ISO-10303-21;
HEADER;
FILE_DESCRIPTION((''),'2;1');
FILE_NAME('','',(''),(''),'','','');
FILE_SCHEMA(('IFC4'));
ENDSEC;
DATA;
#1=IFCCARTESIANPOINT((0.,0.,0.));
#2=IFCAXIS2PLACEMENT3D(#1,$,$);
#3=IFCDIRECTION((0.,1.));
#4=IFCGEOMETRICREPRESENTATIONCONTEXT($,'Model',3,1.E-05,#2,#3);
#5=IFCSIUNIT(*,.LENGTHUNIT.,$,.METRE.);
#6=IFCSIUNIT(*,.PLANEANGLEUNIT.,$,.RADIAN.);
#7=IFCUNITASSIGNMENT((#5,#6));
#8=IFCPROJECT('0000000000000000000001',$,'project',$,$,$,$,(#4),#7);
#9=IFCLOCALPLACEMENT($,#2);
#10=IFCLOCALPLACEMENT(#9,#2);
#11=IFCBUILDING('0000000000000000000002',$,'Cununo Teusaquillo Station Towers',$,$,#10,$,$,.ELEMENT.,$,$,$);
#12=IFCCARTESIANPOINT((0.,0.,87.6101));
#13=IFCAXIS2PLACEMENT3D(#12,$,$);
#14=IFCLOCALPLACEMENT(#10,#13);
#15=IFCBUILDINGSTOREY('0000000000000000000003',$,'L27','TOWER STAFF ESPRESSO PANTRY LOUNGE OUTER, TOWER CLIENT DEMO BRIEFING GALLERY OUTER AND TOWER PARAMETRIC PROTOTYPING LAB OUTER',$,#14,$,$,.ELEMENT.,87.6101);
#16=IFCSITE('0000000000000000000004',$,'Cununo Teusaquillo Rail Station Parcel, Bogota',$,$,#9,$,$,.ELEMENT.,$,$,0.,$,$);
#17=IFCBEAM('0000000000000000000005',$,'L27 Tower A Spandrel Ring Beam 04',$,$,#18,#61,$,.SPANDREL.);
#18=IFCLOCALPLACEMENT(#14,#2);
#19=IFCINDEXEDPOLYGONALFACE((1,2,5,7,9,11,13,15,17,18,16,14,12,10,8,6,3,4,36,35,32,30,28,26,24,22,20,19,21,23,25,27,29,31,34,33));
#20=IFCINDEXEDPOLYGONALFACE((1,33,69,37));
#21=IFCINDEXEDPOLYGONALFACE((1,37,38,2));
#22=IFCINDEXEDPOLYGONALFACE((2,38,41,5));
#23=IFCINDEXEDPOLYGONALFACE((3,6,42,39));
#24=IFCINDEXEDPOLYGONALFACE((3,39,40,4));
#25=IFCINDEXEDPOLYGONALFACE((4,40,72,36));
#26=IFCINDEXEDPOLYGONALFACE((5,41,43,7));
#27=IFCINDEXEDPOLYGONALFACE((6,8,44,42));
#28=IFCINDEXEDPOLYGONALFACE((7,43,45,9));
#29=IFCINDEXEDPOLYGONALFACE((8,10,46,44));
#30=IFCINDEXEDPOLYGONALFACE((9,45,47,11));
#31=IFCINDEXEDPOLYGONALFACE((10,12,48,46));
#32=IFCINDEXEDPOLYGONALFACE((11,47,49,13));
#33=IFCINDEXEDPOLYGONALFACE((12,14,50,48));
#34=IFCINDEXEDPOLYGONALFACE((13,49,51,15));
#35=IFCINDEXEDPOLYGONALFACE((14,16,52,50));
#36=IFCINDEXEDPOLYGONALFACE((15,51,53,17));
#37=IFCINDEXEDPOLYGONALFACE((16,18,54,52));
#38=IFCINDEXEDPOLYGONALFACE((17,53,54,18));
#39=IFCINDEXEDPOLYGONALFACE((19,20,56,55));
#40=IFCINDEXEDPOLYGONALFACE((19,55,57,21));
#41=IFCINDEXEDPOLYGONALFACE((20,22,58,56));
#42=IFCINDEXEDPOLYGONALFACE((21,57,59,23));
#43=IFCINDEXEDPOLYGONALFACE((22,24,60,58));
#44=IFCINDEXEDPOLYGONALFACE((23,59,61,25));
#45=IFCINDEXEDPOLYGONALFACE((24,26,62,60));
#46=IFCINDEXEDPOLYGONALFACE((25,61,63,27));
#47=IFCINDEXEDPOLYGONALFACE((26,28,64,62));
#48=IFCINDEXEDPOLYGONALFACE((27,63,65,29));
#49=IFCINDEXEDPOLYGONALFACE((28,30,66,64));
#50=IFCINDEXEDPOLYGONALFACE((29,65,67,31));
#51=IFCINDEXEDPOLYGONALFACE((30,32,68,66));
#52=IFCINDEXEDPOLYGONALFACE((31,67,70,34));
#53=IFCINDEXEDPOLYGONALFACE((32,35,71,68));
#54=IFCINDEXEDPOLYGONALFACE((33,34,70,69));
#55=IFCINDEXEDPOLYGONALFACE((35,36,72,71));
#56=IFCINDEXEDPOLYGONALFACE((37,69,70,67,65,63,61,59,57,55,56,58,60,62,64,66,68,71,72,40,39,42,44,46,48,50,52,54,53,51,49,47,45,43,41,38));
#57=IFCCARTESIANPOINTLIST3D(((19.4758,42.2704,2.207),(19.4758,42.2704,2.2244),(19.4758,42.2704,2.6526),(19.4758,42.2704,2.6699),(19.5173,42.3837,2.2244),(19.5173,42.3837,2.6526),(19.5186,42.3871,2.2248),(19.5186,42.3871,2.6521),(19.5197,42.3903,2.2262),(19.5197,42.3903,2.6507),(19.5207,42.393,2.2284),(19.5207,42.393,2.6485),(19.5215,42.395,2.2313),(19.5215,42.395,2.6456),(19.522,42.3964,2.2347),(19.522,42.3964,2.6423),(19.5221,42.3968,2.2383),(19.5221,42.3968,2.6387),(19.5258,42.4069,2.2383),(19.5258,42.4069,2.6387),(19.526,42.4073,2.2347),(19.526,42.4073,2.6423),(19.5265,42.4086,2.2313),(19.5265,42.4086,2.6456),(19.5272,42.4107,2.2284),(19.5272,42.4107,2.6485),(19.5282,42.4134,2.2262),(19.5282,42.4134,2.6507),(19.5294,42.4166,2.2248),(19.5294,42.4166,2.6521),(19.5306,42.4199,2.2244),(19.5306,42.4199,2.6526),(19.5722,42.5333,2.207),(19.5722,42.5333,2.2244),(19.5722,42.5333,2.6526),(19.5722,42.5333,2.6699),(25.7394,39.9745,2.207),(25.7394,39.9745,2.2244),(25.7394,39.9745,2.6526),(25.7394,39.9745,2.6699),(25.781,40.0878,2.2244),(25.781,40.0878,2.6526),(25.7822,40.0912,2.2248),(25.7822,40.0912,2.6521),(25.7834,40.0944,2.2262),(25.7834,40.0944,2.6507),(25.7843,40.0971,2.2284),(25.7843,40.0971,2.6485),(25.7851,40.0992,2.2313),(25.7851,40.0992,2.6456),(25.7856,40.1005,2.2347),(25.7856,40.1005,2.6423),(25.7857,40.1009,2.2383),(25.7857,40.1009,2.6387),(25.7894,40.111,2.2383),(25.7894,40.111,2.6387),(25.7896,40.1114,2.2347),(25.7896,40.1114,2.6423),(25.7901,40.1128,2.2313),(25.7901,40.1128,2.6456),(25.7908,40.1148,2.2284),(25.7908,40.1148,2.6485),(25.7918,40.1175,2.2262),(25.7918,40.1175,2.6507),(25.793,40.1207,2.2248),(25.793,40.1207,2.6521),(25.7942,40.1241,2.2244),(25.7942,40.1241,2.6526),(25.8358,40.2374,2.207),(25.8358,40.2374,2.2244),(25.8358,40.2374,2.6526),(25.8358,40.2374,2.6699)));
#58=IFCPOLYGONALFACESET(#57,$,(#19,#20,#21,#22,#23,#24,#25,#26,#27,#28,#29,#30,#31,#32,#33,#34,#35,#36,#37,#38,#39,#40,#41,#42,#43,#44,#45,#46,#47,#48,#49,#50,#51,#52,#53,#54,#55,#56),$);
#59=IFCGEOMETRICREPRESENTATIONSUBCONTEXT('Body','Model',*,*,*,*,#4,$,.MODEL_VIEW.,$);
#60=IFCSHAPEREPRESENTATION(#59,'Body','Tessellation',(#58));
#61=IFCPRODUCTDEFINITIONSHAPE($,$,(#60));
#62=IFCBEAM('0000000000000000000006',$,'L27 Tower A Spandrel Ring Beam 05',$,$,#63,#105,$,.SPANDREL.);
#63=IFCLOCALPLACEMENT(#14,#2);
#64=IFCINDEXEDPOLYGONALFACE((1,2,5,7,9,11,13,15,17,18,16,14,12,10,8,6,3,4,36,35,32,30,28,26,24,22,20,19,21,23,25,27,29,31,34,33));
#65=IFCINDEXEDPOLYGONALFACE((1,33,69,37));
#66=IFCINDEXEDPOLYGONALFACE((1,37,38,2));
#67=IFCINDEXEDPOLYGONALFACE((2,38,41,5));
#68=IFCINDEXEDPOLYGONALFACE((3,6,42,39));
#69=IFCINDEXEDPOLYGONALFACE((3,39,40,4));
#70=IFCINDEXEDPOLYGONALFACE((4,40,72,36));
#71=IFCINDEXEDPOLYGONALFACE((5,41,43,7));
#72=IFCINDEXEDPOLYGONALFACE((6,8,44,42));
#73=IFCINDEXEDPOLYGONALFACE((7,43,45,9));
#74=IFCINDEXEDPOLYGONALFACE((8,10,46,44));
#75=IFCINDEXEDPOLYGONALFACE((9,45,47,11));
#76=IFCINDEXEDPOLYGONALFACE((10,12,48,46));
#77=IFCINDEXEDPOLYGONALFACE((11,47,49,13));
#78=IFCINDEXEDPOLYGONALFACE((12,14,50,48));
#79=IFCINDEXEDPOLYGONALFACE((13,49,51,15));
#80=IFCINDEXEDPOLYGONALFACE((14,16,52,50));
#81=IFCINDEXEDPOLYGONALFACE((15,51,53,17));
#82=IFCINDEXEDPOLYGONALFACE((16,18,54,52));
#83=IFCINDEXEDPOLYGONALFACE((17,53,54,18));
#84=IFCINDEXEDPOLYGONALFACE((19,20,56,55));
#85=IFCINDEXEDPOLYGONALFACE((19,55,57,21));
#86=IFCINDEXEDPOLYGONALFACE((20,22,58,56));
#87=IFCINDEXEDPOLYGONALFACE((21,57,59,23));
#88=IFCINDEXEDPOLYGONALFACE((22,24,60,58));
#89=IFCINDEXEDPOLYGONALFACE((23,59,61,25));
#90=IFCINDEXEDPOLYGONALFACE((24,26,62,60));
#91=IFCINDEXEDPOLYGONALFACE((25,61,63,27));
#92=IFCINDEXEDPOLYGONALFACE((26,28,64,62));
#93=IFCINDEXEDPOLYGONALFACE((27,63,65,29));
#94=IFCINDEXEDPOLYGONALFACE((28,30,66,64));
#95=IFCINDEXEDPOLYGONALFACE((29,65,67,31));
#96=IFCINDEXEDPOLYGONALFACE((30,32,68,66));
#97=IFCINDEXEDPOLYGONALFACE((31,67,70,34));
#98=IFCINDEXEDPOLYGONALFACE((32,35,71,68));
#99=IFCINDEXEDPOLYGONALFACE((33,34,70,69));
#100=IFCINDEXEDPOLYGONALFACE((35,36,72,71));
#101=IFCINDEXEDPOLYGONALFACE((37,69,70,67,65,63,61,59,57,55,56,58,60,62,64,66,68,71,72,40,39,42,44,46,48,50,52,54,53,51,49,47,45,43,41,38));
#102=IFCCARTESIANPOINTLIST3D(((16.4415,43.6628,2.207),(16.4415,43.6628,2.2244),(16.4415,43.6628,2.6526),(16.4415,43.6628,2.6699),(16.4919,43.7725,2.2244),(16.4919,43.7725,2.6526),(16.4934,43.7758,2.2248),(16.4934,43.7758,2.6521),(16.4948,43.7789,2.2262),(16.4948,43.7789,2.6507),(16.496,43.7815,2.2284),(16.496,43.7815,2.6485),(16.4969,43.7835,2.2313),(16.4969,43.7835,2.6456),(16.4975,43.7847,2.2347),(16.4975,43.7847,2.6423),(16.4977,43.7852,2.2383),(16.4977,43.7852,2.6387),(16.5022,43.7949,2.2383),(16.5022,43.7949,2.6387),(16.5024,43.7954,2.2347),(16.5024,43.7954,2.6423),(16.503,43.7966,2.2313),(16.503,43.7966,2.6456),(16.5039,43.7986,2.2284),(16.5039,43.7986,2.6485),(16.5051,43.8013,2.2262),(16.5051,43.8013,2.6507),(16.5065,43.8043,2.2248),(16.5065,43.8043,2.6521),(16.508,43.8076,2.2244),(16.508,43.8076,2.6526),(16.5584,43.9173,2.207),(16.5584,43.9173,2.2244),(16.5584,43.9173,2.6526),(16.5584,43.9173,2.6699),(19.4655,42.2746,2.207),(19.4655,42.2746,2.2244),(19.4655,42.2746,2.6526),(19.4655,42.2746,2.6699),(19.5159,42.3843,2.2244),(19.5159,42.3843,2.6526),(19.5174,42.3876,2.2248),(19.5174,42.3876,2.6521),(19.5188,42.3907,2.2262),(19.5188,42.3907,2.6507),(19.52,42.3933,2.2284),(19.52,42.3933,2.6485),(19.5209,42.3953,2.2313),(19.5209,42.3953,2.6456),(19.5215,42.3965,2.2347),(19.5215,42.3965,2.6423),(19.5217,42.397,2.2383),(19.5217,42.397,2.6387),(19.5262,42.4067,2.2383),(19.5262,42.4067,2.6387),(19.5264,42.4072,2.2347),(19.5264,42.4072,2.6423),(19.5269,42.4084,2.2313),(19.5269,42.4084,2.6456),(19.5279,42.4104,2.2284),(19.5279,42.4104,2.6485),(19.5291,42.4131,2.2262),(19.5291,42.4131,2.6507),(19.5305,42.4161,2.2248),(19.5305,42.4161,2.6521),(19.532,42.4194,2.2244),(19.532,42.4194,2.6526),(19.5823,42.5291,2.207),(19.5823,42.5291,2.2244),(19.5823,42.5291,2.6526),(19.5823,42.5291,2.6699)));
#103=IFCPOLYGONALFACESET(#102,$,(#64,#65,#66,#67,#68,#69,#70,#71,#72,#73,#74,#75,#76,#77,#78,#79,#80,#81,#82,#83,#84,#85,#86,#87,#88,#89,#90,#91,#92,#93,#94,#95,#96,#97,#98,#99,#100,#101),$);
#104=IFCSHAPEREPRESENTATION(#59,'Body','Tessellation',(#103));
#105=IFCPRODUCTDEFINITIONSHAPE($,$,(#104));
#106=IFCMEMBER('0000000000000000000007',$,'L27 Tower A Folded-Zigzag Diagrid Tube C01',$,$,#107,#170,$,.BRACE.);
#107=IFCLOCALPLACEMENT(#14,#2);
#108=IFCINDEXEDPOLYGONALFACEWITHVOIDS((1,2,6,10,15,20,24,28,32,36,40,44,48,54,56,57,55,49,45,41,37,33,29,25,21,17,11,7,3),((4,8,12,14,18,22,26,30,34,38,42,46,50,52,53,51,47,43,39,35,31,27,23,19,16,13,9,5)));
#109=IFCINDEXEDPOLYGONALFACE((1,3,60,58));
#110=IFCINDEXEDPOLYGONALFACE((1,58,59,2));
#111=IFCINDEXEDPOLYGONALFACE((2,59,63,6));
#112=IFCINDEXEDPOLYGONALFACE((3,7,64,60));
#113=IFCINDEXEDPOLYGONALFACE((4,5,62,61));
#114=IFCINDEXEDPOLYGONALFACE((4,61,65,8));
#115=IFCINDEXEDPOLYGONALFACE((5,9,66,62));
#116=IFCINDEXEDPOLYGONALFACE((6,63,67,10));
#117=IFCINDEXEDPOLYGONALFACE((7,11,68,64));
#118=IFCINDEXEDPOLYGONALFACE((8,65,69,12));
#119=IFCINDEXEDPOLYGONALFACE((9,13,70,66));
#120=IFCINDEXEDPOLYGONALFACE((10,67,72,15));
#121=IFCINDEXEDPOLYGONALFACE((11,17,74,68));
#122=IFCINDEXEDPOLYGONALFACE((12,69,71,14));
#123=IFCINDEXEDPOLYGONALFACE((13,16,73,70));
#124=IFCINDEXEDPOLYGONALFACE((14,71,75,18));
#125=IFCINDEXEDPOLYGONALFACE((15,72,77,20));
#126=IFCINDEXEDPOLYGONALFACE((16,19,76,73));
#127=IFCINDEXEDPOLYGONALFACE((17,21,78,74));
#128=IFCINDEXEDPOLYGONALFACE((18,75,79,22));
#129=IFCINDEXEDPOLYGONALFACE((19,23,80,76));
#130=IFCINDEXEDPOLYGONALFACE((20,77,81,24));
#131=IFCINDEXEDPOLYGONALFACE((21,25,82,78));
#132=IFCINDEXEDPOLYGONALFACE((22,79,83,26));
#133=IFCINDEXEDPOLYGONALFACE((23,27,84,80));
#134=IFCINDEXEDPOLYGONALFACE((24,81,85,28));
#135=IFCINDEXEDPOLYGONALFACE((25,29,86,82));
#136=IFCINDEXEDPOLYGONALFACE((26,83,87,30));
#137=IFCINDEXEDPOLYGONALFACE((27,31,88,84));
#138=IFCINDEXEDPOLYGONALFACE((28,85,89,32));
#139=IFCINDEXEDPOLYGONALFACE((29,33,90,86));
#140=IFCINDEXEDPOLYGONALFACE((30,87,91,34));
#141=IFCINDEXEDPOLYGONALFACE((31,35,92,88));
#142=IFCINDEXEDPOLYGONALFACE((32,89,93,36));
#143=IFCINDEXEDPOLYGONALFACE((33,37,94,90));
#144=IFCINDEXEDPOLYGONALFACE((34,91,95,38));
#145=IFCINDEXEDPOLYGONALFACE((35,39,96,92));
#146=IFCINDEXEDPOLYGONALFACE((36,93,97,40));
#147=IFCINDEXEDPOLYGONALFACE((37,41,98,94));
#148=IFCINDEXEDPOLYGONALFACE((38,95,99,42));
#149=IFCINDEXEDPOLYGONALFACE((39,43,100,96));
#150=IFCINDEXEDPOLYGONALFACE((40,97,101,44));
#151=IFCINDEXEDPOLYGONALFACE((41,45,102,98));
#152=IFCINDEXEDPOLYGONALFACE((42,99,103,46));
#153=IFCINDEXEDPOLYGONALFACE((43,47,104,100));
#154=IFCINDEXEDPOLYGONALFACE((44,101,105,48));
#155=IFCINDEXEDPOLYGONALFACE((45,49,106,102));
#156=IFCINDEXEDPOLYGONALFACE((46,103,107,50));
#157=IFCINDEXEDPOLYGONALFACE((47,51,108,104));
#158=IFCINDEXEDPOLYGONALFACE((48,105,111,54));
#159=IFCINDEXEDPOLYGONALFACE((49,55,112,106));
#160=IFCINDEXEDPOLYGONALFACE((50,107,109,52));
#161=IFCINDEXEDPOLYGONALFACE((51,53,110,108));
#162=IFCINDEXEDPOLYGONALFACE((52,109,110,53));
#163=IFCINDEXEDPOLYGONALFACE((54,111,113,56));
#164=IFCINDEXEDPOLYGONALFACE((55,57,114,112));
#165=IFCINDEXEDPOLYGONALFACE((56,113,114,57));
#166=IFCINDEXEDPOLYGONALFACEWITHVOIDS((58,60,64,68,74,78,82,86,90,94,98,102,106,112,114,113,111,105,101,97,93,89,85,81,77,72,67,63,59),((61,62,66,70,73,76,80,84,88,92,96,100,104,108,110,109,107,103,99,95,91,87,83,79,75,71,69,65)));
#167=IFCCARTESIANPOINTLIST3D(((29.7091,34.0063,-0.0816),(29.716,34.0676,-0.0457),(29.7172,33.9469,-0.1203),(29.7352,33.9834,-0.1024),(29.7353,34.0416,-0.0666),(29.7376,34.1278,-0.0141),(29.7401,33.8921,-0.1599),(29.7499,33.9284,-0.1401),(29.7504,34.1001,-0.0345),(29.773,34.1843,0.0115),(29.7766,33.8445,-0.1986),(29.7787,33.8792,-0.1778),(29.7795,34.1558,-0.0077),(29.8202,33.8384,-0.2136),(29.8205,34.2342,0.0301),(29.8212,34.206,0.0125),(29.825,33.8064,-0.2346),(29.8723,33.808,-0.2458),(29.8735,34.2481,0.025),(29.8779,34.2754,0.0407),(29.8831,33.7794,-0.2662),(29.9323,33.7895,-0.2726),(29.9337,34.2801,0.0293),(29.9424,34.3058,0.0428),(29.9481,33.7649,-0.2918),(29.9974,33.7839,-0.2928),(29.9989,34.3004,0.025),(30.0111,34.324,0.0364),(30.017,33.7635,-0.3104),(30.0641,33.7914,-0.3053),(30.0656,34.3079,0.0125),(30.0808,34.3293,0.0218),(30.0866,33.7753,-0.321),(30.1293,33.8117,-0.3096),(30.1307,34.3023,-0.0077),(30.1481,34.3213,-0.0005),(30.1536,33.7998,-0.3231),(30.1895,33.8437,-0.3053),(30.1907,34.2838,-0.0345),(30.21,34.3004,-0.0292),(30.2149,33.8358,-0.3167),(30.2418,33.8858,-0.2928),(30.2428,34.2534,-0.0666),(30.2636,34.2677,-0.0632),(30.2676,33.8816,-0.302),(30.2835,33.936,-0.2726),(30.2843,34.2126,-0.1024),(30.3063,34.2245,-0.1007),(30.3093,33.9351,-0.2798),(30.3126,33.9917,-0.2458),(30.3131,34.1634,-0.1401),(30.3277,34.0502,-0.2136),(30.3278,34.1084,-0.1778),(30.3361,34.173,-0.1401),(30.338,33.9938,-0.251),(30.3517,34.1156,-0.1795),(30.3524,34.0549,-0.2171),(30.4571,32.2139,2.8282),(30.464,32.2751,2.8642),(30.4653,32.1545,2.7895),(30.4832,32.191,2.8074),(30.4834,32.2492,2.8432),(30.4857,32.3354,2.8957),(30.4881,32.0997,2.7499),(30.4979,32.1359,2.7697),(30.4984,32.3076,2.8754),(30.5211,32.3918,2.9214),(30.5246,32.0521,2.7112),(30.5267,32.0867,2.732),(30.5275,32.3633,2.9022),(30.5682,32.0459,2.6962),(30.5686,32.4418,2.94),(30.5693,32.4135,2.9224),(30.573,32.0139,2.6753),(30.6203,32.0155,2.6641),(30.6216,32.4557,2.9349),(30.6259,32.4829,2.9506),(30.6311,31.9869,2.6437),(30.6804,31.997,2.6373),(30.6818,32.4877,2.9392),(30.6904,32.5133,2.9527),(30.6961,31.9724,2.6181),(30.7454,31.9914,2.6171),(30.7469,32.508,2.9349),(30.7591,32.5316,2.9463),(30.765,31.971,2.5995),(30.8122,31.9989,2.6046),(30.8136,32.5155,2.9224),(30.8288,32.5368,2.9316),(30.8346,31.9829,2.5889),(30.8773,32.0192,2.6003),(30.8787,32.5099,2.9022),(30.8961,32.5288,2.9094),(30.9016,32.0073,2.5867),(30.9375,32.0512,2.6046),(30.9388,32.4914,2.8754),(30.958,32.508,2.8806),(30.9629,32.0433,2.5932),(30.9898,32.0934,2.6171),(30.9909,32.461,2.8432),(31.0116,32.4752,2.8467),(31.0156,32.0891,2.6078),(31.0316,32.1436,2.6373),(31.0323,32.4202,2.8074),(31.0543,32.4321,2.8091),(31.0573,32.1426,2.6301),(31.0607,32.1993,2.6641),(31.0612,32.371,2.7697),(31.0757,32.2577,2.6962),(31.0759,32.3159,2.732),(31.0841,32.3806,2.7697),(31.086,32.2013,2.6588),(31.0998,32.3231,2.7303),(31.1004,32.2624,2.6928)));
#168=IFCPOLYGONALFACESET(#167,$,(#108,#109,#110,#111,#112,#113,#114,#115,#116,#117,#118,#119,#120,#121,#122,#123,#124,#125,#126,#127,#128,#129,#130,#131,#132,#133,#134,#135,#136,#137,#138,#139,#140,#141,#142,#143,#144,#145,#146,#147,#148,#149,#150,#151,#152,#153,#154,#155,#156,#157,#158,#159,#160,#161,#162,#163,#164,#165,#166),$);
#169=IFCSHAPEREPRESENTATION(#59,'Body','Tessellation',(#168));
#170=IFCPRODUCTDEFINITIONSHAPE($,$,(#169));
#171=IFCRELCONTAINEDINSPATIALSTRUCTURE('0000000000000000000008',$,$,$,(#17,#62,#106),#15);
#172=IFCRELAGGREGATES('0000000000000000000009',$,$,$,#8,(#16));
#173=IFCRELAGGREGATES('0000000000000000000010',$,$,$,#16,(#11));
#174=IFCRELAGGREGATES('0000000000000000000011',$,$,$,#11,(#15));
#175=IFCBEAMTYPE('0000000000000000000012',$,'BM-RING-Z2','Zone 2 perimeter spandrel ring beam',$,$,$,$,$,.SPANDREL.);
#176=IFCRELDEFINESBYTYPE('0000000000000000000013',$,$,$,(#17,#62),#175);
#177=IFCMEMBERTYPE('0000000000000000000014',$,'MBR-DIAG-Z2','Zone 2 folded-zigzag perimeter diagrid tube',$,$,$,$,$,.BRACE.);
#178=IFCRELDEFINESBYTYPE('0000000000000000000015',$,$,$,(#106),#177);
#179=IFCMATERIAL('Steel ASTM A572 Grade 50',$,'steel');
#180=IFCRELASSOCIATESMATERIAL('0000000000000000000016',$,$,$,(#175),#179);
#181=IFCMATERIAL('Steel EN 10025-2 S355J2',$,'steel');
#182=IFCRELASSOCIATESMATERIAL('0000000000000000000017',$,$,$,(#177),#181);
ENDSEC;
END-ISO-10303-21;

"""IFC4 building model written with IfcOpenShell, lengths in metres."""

from ifc_helpers import new_model, si_unit, direction, frame, origin, origin_2d, place, context, subcontext, project, spatial, hollow_circle, i_section, extrude, material, material_profile, profile_set, type_object, element, save


model = new_model("IFC4")

# Units and contexts
model_context = context("Model", 3, precision=1e-05, world=origin(), true_north=direction((0.0, 1.0)))
body_context = subcontext(model_context, "Body", "Model", "MODEL_VIEW")
ifc_project = project(units=[si_unit("LENGTHUNIT", "METRE"), si_unit("PLANEANGLEUNIT", "RADIAN")], contexts=[model_context])

# Site, building, storey
site_placement = place(None, origin())
site = spatial("IfcSite", under=ifc_project, at=site_placement, Name="Cununo Teusaquillo Rail Station Parcel, Bogota", CompositionType="ELEMENT", RefElevation=0.0)
building_placement = place(site_placement, origin())
building = spatial("IfcBuilding", under=site, at=building_placement, Name="Cununo Teusaquillo Station Towers", CompositionType="ELEMENT")
storey_placement = place(building_placement, frame((0.0, 0.0, 87.6101)))
storey = spatial("IfcBuildingStorey", under=building, at=storey_placement, Name="L27", Description="TOWER STAFF ESPRESSO PANTRY LOUNGE OUTER, TOWER CLIENT DEMO BRIEFING GALLERY OUTER AND TOWER PARAMETRIC PROTOTYPING LAB OUTER", CompositionType="ELEMENT", Elevation=87.6101)

# Beams
ifc_material_1 = material(Name="Steel ASTM A572 Grade 50", Category="steel")
ifc_material_profile_1 = material_profile(ifc_material_1, i_section(OverallWidth=0.28, OverallDepth=0.4629, WebThickness=0.0107, FlangeThickness=0.0173, FilletRadius=0.0139, at=origin_2d()), Name="W18X76")
ifc_profile_set_1 = profile_set([ifc_material_profile_1], Name="Steel ASTM A572 Grade 50")
beam_type_1 = type_object("IfcBeamType", Name="BM-RING-Z2", Description="Zone 2 perimeter spandrel ring beam", PredefinedType="SPANDREL", material=ifc_profile_set_1)
beam_1_placement = place(storey_placement, frame((25.7876, 40.106, 2.4385), z_axis=(-0.938914, 0.344151, 0.0), x_axis=(-0.344151, -0.938914, 0.0)))
element("IfcBeam", 1, at=beam_1_placement, inside=storey, type_object=beam_type_1, Name="L27 Tower A Spandrel Ring Beam 04", PredefinedType="SPANDREL", context=body_context, shape_type="SweptSolid", body=[
    extrude(i_section(OverallWidth=0.28, OverallDepth=0.4629, WebThickness=0.0107, FlangeThickness=0.0173, FilletRadius=0.0139, at=origin_2d()), origin(), (0.0, 0.0, 1.0), 6.6711),
])
beam_2_placement = place(storey_placement, frame((19.5239, 42.4019, 2.4385), z_axis=(-0.908812, 0.417205, 0.0), x_axis=(-0.417205, -0.908812, 0.0)))
element("IfcBeam", 2, at=beam_2_placement, inside=storey, type_object=beam_type_1, Name="L27 Tower A Spandrel Ring Beam 05", PredefinedType="SPANDREL", context=body_context, shape_type="SweptSolid", body=[
    extrude(i_section(OverallWidth=0.28, OverallDepth=0.4629, WebThickness=0.0107, FlangeThickness=0.0173, FilletRadius=0.0139, at=origin_2d()), origin(), (0.0, 0.0, 1.0), 3.3274),
])

# Member
ifc_material_2 = material(Name="Steel EN 10025-2 S355J2", Category="steel")
ifc_material_profile_2 = material_profile(ifc_material_2, hollow_circle(Radius=0.3301, WallThickness=0.0249, at=origin_2d()), Name="CHS 660x25")
ifc_profile_set_2 = profile_set([ifc_material_profile_2], Name="Steel EN 10025-2 S355J2")
member_type = type_object("IfcMemberType", Name="MBR-DIAG-Z2", Description="Zone 2 folded-zigzag perimeter diagrid tube", PredefinedType="BRACE", material=ifc_profile_set_2)
member_1_placement = place(storey_placement, frame((30.0315, 34.0459, -0.1401), z_axis=(0.213814, -0.512343, 0.831738), x_axis=(0.922861, 0.385133, 0.0)))
element("IfcMember", 3, at=member_1_placement, inside=storey, type_object=member_type, Name="L27 Tower A Folded-Zigzag Diagrid Tube C01", PredefinedType="BRACE", context=body_context, shape_type="SweptSolid", body=[
    extrude(hollow_circle(Radius=0.3301, WallThickness=0.0249, at=origin_2d()), origin(), (0.0, 0.0, 1.0), 3.4985),
])

save(model, "model.ifc")
